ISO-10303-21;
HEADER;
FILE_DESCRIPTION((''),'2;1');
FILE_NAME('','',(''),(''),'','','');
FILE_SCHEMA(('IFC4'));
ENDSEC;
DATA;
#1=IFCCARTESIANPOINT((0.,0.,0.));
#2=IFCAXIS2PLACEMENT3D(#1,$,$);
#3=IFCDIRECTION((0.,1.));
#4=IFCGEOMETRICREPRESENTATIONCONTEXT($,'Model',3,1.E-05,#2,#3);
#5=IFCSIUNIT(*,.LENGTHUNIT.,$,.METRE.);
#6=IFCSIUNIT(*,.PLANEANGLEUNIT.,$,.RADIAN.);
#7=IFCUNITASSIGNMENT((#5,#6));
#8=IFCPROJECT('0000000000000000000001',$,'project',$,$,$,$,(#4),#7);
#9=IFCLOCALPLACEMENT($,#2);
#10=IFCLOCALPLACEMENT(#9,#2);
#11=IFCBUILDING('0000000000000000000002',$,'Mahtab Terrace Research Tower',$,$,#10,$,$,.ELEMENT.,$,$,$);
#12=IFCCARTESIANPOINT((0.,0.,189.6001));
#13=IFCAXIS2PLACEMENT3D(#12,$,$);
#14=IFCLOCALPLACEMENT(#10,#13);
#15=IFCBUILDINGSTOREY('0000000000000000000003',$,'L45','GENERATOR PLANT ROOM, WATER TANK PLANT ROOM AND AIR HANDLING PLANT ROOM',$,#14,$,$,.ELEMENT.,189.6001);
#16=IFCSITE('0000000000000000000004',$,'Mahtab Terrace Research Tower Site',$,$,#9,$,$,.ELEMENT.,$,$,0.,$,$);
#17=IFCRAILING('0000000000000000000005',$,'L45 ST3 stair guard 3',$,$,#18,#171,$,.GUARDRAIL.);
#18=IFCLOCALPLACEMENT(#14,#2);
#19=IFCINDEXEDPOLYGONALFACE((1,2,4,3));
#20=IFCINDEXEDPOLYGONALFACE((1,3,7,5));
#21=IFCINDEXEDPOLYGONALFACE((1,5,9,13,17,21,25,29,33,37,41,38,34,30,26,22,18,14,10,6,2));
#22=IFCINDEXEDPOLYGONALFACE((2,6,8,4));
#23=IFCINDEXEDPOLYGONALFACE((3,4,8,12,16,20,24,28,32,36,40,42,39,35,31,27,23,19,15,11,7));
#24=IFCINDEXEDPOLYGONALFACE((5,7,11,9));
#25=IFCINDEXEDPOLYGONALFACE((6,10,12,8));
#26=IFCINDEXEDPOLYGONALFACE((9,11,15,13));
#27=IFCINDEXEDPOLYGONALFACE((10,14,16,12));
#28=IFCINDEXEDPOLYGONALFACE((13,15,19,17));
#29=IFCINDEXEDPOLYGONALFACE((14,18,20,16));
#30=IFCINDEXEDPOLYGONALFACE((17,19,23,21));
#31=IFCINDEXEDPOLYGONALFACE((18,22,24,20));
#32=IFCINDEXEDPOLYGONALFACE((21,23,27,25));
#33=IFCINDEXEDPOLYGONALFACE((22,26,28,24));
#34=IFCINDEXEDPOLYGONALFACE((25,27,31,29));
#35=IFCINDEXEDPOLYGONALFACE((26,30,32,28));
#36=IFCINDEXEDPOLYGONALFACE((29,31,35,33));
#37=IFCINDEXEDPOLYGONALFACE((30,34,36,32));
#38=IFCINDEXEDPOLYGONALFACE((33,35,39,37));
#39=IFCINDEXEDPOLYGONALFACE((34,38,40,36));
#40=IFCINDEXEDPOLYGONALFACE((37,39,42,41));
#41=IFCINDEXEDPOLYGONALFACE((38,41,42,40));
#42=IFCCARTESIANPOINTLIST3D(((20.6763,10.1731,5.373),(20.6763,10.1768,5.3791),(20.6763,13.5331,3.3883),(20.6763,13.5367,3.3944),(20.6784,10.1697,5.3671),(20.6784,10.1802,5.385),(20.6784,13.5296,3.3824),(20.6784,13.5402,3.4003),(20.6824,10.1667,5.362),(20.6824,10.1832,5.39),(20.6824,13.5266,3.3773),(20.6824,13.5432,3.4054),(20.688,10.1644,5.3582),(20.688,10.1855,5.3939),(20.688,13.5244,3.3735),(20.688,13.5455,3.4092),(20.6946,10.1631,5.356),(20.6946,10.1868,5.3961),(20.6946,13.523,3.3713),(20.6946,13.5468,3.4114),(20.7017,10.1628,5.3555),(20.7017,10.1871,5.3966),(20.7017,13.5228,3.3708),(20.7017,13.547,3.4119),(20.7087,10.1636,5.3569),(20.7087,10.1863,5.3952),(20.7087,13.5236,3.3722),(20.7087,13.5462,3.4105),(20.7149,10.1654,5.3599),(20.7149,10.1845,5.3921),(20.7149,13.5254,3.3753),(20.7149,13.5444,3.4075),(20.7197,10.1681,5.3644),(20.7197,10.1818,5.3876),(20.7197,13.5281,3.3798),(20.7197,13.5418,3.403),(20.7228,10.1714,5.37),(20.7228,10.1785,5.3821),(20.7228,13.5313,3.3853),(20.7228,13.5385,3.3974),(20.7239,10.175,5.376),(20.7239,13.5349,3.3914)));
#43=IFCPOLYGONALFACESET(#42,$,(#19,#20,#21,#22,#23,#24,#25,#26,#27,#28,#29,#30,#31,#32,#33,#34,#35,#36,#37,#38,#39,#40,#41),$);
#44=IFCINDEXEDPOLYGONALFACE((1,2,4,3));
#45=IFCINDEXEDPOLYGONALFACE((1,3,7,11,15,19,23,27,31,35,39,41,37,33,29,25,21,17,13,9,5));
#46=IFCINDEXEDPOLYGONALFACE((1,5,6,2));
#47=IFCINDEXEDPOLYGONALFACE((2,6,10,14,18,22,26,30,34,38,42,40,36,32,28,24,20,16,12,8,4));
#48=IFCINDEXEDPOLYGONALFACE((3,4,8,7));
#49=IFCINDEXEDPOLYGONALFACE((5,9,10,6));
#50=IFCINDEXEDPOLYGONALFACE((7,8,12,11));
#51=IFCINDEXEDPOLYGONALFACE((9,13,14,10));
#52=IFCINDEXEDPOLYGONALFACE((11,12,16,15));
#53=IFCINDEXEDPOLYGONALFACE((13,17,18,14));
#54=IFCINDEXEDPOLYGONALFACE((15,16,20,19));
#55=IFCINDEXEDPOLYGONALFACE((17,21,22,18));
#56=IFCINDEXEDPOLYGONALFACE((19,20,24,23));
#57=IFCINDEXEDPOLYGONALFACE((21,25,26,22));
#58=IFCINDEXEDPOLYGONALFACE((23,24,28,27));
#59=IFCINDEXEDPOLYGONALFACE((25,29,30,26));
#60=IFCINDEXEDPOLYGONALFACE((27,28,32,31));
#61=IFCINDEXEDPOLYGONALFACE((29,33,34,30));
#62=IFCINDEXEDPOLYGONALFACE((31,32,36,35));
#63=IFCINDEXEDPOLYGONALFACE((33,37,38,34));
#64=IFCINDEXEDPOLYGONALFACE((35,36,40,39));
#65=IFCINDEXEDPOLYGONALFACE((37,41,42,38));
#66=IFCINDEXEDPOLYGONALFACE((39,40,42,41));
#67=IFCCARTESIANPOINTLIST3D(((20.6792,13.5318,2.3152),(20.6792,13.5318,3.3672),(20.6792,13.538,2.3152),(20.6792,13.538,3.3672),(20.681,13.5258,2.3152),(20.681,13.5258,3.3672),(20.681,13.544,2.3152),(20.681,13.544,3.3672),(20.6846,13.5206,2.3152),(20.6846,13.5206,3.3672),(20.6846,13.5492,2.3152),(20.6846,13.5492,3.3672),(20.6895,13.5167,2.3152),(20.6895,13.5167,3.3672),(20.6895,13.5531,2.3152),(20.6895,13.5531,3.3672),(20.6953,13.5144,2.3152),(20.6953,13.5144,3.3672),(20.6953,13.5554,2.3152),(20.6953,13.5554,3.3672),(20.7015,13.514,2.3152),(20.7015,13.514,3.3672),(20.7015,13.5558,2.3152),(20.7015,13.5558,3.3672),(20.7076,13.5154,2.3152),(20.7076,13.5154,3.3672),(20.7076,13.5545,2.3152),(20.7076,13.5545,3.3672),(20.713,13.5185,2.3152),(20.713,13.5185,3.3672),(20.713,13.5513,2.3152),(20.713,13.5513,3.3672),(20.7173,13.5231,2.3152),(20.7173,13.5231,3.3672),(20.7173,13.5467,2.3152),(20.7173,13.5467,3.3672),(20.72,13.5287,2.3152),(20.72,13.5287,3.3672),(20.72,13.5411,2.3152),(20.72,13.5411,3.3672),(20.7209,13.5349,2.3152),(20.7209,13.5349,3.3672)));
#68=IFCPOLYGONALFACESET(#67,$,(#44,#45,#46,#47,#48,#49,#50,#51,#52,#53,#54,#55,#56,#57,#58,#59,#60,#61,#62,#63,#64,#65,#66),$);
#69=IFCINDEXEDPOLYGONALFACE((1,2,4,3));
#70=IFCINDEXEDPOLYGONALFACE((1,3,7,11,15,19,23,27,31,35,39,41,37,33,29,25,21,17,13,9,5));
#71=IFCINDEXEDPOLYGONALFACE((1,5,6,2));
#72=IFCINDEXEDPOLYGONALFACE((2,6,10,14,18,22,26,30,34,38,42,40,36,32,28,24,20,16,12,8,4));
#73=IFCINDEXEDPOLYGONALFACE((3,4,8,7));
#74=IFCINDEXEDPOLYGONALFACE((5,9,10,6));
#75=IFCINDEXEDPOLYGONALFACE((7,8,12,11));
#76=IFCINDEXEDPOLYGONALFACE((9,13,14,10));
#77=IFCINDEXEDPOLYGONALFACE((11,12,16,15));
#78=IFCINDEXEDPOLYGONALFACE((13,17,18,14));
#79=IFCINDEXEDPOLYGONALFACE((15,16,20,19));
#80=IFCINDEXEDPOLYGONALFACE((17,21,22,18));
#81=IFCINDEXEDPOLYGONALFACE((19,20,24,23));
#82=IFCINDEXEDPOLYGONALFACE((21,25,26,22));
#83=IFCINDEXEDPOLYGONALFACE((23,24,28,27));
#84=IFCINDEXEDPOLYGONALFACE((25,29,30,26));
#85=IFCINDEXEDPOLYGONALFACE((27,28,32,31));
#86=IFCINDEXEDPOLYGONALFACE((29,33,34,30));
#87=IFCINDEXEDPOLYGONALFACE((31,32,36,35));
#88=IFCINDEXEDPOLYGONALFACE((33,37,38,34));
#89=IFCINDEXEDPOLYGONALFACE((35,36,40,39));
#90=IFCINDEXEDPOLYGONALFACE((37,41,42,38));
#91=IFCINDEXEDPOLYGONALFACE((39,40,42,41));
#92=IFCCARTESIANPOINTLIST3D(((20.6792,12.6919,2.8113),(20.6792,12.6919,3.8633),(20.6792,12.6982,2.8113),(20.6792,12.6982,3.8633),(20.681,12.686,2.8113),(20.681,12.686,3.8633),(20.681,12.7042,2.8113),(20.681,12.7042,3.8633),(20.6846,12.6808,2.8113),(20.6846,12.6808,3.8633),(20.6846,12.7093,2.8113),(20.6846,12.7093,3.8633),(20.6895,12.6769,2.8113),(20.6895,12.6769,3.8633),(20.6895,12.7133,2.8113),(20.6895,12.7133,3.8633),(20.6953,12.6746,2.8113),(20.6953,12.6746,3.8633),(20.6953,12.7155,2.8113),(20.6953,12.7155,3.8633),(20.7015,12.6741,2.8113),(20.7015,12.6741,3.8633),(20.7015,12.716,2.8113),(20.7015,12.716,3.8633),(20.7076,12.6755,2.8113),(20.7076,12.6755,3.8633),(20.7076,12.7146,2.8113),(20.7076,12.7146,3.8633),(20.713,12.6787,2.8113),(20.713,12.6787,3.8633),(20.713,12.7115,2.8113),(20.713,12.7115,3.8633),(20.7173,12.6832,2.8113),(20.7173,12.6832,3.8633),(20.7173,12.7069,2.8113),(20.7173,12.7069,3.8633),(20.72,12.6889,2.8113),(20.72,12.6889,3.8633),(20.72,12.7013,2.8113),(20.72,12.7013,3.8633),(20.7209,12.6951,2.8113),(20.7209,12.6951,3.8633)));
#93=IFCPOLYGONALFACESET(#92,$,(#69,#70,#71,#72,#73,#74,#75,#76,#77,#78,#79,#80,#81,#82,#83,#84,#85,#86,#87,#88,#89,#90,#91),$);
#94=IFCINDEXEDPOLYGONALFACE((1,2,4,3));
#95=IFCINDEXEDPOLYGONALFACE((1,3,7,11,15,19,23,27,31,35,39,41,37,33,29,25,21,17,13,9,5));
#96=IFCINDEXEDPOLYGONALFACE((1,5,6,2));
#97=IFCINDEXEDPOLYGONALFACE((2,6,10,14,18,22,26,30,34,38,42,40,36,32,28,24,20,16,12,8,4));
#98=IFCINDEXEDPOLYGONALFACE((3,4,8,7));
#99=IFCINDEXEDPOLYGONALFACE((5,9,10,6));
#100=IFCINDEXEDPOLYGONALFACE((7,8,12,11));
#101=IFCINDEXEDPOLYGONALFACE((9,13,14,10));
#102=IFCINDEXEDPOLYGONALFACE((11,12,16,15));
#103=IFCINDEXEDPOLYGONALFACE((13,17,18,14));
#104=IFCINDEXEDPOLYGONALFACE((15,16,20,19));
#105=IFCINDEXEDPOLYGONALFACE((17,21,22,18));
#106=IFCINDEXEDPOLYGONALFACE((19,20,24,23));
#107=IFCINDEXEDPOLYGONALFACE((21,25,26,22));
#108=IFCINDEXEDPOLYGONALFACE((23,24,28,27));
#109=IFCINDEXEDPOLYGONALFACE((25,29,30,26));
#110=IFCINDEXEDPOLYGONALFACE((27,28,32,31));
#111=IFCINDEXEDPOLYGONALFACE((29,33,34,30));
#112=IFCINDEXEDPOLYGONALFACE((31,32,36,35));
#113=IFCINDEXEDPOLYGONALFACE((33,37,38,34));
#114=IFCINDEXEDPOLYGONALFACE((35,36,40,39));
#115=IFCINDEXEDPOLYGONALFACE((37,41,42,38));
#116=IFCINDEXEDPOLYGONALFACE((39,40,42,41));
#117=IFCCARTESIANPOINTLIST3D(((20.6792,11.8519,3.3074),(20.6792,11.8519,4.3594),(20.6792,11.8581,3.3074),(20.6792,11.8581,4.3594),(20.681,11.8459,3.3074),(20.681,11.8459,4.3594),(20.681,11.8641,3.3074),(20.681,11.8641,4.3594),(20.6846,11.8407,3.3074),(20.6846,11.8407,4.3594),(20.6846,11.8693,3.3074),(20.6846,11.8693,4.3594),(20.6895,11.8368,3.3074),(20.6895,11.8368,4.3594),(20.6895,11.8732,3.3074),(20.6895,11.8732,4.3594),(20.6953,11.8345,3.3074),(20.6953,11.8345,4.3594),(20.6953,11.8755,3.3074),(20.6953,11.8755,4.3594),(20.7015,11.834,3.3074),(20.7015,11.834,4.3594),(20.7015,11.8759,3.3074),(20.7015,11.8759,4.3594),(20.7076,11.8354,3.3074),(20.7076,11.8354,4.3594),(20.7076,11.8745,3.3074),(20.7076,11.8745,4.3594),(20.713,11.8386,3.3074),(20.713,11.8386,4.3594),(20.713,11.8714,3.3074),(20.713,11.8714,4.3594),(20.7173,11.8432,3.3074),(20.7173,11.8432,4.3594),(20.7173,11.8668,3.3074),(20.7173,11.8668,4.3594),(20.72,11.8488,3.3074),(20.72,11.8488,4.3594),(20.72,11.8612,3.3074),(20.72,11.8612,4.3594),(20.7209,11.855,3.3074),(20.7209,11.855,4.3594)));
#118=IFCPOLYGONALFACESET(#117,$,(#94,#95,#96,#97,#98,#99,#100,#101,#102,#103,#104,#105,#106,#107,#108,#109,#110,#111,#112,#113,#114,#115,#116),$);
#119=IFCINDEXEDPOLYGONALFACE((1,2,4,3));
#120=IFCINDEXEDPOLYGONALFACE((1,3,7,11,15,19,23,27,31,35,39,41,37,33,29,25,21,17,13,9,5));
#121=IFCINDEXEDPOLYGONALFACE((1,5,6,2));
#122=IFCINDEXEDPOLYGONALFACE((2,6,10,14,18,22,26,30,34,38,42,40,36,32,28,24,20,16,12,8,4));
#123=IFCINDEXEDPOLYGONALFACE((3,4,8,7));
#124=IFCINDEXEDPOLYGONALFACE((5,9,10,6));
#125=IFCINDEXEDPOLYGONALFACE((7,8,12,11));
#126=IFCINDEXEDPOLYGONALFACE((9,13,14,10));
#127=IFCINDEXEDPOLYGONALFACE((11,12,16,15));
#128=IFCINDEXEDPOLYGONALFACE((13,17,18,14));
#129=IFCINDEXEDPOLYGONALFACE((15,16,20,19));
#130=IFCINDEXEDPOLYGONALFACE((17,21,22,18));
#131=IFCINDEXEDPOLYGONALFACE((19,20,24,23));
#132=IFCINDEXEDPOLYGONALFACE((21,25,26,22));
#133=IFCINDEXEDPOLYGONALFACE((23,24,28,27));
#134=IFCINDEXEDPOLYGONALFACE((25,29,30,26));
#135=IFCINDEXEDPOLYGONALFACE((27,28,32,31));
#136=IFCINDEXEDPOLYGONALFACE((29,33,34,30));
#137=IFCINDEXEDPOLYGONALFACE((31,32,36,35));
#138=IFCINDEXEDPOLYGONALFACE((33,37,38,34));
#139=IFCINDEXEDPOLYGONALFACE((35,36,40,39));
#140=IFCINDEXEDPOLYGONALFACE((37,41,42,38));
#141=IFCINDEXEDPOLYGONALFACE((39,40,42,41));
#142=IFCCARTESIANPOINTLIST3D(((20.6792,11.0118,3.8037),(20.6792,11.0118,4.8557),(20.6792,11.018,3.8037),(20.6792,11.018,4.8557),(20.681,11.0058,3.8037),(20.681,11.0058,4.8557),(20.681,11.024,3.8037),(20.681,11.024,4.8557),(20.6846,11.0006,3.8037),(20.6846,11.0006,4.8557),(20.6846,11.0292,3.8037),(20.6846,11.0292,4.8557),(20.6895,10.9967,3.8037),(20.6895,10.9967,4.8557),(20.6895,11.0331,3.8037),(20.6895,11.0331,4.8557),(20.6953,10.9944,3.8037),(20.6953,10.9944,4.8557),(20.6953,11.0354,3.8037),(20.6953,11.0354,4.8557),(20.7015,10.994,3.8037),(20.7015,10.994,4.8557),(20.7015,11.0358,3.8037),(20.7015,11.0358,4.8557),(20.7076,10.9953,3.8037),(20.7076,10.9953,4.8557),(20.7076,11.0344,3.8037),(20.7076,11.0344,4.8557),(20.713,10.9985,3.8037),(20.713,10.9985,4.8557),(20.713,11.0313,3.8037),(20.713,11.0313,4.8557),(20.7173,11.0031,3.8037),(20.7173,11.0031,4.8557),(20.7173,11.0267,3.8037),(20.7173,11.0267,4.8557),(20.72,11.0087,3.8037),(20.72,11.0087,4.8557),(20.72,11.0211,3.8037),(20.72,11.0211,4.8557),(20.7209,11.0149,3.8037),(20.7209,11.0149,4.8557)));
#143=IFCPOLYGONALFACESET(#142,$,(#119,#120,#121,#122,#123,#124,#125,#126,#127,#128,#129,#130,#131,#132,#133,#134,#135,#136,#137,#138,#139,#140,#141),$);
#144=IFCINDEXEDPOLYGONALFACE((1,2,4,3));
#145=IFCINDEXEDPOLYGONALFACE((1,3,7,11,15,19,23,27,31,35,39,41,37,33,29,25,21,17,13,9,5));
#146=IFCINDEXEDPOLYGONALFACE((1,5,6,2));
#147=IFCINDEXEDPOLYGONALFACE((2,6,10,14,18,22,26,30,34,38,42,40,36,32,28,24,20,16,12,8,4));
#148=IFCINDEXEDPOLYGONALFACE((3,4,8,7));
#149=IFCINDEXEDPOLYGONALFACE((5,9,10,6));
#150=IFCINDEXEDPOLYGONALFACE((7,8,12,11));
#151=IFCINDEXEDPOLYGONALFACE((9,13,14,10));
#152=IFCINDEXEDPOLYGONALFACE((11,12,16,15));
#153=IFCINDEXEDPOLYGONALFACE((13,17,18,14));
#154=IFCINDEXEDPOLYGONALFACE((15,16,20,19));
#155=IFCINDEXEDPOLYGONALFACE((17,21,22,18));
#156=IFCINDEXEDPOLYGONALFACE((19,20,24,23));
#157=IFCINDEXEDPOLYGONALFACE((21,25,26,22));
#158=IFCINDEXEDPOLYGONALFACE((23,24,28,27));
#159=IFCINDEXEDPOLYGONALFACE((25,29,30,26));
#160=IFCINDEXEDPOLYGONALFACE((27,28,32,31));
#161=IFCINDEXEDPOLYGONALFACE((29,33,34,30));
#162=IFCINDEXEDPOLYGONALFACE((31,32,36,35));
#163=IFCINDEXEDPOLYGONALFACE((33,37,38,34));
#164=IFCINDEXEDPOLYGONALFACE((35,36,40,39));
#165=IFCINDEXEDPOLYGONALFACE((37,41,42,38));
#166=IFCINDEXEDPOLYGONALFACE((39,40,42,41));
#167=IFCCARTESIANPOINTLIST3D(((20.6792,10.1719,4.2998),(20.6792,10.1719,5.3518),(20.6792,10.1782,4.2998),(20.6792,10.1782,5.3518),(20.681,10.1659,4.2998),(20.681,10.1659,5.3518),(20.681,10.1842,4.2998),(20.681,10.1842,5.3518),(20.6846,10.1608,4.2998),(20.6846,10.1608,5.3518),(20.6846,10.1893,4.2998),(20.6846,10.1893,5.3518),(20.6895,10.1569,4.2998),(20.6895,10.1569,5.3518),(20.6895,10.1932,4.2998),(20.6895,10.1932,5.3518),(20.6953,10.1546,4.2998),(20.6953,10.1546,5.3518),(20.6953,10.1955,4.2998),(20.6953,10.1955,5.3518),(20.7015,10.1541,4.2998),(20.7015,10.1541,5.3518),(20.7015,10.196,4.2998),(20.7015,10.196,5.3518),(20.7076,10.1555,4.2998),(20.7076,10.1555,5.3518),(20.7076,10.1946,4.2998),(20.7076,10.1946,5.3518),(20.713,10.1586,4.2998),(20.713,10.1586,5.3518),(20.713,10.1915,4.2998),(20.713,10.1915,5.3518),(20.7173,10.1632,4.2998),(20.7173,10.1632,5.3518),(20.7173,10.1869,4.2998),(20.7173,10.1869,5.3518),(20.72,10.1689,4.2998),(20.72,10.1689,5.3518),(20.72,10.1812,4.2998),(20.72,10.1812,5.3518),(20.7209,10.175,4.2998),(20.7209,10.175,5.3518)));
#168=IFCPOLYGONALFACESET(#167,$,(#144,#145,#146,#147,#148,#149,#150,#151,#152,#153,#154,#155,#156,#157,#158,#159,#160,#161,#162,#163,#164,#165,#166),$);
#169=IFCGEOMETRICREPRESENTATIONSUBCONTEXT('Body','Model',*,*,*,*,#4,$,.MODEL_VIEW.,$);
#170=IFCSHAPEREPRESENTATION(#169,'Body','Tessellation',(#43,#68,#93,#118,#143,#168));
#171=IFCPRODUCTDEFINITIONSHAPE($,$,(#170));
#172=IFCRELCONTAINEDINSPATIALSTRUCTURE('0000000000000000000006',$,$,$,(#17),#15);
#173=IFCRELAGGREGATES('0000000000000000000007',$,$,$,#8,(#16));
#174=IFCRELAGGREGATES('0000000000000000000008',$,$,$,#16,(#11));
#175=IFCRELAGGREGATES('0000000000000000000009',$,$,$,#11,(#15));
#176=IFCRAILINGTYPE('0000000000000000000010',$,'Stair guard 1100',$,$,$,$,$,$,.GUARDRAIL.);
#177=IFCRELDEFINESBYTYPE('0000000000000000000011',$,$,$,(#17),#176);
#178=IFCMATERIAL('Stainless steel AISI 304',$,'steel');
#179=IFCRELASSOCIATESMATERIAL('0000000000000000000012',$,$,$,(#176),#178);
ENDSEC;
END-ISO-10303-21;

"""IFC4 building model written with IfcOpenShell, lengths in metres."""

from ifc_helpers import new_model, si_unit, direction, frame, origin, origin_2d, place, context, subcontext, project, spatial, circle, extrude, material, type_object, element, save


model = new_model("IFC4")

# Units and contexts
model_context = context("Model", 3, precision=1e-05, world=origin(), true_north=direction((0.0, 1.0)))
body_context = subcontext(model_context, "Body", "Model", "MODEL_VIEW")
ifc_project = project(units=[si_unit("LENGTHUNIT", "METRE"), si_unit("PLANEANGLEUNIT", "RADIAN")], contexts=[model_context])

# Site, building, storey
site_placement = place(None, origin())
site = spatial("IfcSite", under=ifc_project, at=site_placement, Name="Mahtab Terrace Research Tower Site", CompositionType="ELEMENT", RefElevation=0.0)
building_placement = place(site_placement, origin())
building = spatial("IfcBuilding", under=site, at=building_placement, Name="Mahtab Terrace Research Tower", CompositionType="ELEMENT")
storey_placement = place(building_placement, frame((0.0, 0.0, 189.6001)))
storey = spatial("IfcBuildingStorey", under=building, at=storey_placement, Name="L45", Description="GENERATOR PLANT ROOM, WATER TANK PLANT ROOM AND AIR HANDLING PLANT ROOM", CompositionType="ELEMENT", Elevation=189.6001)

# Railing
ifc_material_1 = material(Name="Stainless steel AISI 304", Category="steel")
railing_type_1 = type_object("IfcRailingType", Name="Stair guard 1100", PredefinedType="GUARDRAIL", material=ifc_material_1)
railing_1_placement = place(storey_placement, frame((20.7, 13.5349, 2.3152)))
element("IfcRailing", 1, at=railing_1_placement, inside=storey, type_object=railing_type_1, Name="L45 ST3 stair guard 3", PredefinedType="GUARDRAIL", context=body_context, shape_type="SweptSolid", body=[
    extrude(circle(Radius=0.0239, at=origin_2d()), frame((0.0, 0.0, 1.0762), z_axis=(0.0, -0.861011, 0.508586), x_axis=(1.0, 0.0, 0.0)), (0.0, 0.0, 1.0), 3.9023),
    extrude(circle(Radius=0.021, at=origin_2d()), origin(), (0.0, 0.0, 1.0), 1.052),
    extrude(circle(Radius=0.021, at=origin_2d()), frame((0.0, -0.8398, 0.4961)), (0.0, 0.0, 1.0), 1.052),
    extrude(circle(Radius=0.021, at=origin_2d()), frame((0.0, -1.6799, 0.9922)), (0.0, 0.0, 1.0), 1.052),
    extrude(circle(Radius=0.021, at=origin_2d()), frame((0.0, -2.52, 1.4885)), (0.0, 0.0, 1.0), 1.052),
    extrude(circle(Radius=0.021, at=origin_2d()), frame((0.0, -3.3599, 1.9846)), (0.0, 0.0, 1.0), 1.052),
])

save(model, "model.ifc")
